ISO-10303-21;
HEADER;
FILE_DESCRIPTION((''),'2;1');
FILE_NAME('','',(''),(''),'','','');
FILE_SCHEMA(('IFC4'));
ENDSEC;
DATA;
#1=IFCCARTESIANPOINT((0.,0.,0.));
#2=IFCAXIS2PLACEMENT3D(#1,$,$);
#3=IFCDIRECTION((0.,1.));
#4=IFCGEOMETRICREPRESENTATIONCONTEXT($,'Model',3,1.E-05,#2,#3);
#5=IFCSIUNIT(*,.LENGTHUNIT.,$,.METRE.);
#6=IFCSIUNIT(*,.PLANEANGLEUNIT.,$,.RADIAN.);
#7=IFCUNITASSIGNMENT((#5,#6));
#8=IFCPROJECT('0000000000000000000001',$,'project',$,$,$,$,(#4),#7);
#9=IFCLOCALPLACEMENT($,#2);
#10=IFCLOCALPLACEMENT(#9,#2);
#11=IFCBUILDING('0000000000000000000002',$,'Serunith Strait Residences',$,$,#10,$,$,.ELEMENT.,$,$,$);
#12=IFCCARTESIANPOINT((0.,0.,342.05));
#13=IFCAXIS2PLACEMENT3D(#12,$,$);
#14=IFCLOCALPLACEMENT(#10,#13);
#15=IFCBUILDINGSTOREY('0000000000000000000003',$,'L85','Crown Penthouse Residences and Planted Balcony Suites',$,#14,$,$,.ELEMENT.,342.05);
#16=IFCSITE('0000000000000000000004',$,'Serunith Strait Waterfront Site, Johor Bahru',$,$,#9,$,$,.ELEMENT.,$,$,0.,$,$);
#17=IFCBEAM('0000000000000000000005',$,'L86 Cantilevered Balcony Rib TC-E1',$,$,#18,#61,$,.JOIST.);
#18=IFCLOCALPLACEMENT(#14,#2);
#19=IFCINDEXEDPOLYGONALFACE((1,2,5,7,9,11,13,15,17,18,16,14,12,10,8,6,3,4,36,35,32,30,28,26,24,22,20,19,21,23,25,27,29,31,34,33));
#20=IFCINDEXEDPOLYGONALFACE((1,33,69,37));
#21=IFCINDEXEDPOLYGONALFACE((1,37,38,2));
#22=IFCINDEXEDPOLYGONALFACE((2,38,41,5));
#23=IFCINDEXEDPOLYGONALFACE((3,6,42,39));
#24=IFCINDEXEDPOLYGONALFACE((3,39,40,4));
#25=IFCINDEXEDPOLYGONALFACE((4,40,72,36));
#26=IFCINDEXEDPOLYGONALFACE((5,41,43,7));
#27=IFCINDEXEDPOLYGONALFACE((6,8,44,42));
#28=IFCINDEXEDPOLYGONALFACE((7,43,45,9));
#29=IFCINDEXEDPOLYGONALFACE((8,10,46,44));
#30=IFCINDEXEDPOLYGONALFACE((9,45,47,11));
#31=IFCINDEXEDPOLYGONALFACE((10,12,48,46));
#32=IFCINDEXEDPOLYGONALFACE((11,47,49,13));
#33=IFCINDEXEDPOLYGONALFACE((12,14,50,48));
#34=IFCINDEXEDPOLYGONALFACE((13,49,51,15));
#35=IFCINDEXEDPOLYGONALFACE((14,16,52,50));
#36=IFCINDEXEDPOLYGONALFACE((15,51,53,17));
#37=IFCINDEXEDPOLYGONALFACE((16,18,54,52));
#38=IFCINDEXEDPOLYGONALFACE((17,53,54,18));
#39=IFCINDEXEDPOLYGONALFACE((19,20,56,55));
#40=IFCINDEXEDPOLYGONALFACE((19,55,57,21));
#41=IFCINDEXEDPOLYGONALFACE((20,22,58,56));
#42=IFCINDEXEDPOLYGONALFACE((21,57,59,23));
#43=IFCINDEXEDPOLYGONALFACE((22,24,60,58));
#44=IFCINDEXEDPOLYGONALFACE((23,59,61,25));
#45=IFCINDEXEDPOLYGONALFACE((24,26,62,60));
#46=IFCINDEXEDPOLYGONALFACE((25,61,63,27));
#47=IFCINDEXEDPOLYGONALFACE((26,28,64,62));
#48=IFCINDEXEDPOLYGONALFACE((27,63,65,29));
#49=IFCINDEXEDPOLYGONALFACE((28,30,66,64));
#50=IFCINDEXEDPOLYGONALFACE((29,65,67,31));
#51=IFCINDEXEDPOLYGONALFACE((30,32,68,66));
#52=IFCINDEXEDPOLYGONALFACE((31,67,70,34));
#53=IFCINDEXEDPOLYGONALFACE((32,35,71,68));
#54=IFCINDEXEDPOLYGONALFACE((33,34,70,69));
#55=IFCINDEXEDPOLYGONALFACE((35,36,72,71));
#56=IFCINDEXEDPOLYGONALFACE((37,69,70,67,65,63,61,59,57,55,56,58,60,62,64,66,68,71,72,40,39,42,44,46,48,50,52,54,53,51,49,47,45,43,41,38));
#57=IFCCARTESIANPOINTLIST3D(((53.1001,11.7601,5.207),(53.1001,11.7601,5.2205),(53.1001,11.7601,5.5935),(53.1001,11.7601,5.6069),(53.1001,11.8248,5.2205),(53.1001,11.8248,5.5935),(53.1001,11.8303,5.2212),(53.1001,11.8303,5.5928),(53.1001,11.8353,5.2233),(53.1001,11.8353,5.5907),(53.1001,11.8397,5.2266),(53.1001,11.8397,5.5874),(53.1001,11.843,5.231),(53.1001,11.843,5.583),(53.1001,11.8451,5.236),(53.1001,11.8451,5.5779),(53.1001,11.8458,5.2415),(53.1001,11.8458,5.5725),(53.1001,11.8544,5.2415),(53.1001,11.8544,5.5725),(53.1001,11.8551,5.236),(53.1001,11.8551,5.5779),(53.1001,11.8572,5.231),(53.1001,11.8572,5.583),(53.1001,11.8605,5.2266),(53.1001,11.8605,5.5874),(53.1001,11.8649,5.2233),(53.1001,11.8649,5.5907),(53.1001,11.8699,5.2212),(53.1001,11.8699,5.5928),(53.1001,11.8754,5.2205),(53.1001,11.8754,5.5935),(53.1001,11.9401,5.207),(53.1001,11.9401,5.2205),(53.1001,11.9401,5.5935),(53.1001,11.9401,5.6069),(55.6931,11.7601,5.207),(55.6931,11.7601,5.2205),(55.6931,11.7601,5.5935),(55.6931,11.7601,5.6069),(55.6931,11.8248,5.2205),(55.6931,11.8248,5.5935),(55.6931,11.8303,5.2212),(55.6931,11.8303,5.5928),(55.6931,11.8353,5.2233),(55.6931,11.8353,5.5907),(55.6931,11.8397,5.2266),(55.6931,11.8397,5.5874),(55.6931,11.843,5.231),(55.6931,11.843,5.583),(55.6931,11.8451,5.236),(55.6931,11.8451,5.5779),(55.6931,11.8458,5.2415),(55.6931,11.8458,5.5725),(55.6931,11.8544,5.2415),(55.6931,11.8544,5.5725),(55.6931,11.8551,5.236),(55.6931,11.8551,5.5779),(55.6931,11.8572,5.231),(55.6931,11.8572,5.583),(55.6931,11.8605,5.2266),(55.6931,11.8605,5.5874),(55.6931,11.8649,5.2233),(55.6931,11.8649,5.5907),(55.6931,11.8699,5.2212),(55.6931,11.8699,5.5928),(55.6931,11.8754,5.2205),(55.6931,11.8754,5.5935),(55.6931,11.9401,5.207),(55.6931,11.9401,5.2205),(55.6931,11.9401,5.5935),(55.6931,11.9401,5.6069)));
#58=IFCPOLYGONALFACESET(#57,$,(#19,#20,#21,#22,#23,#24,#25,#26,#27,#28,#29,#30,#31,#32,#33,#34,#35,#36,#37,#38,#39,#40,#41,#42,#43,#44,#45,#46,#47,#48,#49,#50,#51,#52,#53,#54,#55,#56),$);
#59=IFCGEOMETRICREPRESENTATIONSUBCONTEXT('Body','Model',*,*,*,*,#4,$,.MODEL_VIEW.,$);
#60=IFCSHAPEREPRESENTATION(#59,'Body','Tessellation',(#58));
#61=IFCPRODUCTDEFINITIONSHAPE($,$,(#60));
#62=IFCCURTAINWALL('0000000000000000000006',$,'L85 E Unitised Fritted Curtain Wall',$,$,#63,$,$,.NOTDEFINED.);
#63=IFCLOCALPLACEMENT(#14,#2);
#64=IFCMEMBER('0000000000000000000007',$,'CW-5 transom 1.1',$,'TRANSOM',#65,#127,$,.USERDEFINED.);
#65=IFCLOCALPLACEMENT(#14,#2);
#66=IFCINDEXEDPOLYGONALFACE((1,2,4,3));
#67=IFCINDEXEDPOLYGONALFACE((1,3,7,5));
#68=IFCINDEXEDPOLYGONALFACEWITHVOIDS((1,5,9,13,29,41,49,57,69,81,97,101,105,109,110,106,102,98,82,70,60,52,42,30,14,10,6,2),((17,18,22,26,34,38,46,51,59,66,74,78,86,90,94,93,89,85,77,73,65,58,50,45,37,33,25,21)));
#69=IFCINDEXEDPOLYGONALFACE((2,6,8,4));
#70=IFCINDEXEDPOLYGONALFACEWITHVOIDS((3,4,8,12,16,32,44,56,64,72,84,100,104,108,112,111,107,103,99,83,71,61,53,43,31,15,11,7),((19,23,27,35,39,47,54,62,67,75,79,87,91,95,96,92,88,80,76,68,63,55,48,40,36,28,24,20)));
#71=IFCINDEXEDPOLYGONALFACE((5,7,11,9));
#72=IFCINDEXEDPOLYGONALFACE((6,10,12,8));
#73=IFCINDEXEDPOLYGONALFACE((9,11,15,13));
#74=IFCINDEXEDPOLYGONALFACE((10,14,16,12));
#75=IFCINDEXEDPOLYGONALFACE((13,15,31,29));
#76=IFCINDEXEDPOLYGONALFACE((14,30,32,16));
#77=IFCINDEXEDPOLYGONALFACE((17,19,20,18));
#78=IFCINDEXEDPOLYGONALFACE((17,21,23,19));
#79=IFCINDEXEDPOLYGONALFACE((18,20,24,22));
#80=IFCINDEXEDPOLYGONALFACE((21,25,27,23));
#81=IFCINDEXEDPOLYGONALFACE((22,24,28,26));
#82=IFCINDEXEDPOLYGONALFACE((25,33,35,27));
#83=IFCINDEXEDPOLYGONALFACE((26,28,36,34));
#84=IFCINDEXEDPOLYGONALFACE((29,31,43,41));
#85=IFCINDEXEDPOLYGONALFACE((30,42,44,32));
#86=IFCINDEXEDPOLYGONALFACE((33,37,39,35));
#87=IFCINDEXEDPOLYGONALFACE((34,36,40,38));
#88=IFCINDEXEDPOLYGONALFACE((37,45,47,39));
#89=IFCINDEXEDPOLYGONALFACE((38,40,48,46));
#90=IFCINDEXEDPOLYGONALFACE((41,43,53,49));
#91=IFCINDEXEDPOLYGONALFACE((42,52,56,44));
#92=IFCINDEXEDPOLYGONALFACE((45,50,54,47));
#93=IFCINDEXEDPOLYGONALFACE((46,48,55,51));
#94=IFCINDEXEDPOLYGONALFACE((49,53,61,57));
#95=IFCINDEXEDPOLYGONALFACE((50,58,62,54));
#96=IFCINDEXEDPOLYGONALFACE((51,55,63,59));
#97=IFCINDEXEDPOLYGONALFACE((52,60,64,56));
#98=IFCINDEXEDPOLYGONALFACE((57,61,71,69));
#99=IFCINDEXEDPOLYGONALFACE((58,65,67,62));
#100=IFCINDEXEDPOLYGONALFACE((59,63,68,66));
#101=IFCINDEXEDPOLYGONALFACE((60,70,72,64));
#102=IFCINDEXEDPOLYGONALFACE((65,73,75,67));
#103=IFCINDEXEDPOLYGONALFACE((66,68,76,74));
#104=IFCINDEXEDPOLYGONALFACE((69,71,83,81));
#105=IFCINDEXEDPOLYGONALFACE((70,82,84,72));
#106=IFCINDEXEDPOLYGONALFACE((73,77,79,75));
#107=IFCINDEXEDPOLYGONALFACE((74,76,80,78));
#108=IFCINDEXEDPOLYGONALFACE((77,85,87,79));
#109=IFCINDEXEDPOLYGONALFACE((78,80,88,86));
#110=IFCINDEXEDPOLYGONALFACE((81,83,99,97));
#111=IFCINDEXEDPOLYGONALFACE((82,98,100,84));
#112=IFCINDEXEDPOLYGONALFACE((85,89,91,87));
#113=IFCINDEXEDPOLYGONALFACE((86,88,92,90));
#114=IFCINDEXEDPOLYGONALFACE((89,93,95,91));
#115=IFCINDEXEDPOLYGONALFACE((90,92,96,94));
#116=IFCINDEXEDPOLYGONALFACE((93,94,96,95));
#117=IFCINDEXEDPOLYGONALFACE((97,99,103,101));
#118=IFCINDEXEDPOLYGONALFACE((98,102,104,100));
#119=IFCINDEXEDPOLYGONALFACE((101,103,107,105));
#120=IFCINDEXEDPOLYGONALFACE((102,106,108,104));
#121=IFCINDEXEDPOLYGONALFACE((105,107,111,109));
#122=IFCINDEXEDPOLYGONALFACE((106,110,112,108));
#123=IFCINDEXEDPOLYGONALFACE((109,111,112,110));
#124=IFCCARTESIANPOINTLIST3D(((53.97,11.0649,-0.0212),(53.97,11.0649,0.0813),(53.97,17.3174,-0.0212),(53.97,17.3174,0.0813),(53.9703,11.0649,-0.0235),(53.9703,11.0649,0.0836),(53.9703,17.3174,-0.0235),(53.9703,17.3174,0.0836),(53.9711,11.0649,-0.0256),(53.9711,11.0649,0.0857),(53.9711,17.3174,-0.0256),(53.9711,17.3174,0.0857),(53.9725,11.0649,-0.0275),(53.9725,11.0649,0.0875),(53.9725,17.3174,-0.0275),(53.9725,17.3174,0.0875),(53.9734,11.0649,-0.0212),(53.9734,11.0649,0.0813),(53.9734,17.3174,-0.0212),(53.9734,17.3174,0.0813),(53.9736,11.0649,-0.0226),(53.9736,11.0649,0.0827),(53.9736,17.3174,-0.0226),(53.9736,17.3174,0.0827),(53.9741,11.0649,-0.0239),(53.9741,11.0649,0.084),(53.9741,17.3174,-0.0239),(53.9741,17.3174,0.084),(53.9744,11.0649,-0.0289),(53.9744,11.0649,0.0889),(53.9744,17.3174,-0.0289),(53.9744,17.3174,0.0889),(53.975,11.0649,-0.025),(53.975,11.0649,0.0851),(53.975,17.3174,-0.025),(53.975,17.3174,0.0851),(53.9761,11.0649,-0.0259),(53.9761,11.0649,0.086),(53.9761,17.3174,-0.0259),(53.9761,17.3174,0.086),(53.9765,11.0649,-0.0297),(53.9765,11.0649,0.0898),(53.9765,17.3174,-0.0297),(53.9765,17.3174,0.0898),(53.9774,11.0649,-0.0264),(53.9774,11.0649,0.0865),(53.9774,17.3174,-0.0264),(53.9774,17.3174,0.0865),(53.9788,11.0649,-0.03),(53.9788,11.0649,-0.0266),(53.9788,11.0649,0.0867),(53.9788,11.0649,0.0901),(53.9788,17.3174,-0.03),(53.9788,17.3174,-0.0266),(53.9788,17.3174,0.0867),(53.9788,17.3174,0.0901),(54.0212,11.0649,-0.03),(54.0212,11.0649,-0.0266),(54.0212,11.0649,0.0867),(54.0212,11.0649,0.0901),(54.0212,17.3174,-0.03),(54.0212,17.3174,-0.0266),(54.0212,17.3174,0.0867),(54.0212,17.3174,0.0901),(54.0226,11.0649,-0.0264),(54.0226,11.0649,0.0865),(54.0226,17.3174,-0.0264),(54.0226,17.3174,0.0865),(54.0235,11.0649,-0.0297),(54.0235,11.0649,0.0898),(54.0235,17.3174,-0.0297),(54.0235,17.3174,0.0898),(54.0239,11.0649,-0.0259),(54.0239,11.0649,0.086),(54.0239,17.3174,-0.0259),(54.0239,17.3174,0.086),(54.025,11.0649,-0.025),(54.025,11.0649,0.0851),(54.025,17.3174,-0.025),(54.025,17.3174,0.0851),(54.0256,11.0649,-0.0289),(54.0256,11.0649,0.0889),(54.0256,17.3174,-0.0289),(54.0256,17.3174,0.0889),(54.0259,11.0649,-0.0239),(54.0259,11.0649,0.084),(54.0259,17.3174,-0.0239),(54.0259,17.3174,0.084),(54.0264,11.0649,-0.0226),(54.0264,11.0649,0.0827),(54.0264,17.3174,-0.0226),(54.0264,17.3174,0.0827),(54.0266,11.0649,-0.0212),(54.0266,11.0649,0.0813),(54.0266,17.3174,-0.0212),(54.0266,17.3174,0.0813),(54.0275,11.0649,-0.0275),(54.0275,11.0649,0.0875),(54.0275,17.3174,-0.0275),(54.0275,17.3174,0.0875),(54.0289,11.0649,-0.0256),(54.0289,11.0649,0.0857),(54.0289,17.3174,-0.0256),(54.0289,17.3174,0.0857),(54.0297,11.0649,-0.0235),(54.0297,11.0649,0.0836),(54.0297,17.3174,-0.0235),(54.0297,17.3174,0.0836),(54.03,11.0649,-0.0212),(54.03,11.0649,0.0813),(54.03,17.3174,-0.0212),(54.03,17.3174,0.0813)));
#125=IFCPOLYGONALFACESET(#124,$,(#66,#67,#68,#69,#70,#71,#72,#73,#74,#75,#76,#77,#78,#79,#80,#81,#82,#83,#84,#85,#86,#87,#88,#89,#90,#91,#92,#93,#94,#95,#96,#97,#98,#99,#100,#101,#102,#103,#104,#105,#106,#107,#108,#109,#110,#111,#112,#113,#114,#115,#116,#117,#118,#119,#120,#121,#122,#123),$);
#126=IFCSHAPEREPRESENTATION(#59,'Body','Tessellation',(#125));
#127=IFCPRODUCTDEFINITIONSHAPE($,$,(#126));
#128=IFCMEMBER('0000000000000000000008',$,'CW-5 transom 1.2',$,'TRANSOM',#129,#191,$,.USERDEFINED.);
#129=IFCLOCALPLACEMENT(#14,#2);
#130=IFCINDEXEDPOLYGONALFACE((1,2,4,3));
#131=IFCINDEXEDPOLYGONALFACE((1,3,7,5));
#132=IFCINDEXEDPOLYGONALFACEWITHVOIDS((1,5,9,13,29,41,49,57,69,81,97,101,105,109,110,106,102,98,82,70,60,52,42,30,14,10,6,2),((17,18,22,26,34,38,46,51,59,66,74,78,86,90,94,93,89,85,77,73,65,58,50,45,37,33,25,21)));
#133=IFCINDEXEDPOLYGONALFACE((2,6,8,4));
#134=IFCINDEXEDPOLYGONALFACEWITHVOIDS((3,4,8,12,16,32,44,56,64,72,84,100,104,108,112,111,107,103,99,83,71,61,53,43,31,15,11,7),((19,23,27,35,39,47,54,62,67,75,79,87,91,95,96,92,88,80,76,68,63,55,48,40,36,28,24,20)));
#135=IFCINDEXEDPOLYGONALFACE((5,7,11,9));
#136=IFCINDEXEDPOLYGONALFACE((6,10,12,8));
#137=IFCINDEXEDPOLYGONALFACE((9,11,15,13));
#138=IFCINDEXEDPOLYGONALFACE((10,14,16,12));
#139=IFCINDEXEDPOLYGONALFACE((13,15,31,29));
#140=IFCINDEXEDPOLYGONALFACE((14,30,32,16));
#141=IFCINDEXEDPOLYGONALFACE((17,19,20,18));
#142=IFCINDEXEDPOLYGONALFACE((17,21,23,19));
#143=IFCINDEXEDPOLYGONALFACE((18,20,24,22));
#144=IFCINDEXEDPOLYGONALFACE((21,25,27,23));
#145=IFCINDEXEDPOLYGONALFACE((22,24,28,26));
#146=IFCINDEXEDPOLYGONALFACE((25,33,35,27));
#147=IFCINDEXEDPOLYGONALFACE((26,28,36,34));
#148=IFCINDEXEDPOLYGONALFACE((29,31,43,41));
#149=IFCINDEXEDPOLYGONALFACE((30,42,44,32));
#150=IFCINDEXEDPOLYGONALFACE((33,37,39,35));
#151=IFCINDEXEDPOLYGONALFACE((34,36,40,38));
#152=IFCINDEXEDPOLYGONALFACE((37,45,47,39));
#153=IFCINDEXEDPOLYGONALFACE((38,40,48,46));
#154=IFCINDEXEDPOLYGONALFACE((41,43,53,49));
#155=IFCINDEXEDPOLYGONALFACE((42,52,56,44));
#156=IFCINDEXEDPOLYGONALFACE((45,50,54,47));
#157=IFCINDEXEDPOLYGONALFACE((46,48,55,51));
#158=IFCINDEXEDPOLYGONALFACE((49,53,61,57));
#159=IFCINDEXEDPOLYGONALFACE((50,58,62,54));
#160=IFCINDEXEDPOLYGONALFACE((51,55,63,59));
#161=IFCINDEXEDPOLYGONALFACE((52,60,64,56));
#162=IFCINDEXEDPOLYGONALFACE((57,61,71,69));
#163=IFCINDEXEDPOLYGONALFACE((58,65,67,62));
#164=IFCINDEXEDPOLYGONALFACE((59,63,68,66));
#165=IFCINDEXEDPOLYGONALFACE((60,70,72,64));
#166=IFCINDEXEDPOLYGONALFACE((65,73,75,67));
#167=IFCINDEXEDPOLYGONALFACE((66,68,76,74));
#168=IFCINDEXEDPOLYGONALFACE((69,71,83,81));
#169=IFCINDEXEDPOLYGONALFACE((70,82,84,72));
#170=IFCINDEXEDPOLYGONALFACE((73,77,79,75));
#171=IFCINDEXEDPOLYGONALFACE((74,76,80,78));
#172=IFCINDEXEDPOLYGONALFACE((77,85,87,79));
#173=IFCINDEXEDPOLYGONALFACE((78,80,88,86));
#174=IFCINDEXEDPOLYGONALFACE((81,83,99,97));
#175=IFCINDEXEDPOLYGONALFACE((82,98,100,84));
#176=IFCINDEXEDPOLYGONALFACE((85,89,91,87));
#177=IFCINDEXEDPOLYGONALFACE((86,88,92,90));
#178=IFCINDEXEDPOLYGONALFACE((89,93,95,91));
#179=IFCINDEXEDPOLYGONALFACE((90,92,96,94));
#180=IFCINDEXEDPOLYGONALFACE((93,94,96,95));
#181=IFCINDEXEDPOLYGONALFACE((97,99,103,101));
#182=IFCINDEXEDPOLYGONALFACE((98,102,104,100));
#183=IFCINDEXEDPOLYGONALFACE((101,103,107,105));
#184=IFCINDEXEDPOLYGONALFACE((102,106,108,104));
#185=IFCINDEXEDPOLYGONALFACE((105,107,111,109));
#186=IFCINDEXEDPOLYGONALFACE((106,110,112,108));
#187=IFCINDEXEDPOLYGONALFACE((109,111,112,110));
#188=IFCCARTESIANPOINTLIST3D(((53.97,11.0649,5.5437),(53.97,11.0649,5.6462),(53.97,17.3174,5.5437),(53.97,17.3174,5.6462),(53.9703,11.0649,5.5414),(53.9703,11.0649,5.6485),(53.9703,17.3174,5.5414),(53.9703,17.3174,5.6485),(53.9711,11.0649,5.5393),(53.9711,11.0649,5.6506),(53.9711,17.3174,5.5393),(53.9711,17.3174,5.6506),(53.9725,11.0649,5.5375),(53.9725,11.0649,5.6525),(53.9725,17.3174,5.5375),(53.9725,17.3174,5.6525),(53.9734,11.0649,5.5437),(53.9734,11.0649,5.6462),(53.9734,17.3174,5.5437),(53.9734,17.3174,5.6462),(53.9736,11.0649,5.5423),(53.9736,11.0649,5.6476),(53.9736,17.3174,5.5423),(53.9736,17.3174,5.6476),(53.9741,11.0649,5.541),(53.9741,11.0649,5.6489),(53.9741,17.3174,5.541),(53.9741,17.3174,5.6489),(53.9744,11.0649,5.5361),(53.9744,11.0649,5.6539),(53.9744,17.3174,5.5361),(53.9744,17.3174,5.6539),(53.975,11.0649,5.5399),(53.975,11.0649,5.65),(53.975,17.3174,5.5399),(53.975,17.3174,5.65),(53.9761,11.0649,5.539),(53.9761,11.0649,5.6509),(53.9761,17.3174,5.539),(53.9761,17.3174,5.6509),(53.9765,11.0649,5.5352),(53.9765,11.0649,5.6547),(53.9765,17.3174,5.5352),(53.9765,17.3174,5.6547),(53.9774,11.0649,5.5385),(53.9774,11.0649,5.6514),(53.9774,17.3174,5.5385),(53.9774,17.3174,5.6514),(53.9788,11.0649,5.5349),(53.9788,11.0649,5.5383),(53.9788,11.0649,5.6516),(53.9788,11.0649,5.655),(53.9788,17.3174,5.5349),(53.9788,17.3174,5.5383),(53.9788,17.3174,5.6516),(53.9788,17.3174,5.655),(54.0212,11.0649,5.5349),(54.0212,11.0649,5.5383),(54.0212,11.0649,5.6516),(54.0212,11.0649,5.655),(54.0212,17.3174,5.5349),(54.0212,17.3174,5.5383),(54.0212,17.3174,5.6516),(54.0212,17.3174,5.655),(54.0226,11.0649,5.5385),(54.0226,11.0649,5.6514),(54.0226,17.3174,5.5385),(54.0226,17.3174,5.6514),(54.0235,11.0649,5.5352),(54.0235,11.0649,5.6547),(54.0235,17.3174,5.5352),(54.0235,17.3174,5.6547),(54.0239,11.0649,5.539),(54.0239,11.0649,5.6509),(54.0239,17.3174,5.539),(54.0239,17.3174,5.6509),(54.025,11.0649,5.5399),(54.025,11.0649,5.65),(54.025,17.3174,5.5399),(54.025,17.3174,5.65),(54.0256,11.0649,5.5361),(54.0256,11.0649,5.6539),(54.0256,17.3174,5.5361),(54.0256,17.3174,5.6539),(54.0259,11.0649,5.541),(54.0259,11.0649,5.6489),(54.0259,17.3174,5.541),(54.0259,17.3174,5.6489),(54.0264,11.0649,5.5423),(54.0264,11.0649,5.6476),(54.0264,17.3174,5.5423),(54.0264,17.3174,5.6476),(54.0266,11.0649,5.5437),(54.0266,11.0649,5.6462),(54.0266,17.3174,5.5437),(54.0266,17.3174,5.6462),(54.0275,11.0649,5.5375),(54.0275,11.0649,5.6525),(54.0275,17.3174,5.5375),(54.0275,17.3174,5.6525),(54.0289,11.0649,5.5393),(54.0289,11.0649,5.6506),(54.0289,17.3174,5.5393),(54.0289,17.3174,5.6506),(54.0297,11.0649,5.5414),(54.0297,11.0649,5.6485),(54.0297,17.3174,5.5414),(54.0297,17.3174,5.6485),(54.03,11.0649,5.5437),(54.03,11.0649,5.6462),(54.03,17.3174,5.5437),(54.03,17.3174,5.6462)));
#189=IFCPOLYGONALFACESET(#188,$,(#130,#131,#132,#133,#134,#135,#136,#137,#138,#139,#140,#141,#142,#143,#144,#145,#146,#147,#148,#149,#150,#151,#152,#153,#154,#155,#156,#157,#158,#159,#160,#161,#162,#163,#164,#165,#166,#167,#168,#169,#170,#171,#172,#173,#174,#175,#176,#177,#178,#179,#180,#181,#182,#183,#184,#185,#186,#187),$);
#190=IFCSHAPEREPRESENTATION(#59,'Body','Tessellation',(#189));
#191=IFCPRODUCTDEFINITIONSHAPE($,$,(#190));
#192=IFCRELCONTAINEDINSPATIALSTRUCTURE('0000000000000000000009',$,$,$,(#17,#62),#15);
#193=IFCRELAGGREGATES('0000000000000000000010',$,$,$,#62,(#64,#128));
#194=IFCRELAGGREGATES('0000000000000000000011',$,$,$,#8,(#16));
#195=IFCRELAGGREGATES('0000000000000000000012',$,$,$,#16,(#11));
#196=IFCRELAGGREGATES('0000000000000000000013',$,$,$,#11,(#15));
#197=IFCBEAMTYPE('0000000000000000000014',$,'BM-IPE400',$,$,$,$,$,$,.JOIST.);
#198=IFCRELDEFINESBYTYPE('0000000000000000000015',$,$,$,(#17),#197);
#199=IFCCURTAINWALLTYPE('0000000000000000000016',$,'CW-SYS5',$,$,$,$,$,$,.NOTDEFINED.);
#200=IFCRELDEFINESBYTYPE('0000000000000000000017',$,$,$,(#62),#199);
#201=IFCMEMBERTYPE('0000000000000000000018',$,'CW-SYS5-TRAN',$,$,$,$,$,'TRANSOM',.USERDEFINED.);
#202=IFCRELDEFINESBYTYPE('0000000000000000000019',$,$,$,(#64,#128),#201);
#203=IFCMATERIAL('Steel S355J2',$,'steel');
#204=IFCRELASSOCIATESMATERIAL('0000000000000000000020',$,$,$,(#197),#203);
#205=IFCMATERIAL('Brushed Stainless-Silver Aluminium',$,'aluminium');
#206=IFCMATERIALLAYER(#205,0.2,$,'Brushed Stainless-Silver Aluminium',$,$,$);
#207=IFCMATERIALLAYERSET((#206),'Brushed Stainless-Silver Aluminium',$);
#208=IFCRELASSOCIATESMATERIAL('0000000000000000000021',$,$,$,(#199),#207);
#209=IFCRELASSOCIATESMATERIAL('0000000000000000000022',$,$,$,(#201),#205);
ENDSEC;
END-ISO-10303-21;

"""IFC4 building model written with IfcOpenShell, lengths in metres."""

from ifc_helpers import new_model, si_unit, direction, frame, origin, origin_2d, place, context, subcontext, project, spatial, hollow_rectangle, i_section, extrude, source, transform, mapped, material, layer, layer_set, material_profile, profile_set, type_object, element, aggregate, save


model = new_model("IFC4")

# Units and contexts
model_context = context("Model", 3, precision=1e-05, world=origin(), true_north=direction((0.0, 1.0)))
body_context = subcontext(model_context, "Body", "Model", "MODEL_VIEW")
ifc_project = project(units=[si_unit("LENGTHUNIT", "METRE"), si_unit("PLANEANGLEUNIT", "RADIAN")], contexts=[model_context])

# Site, building, storey
site_placement = place(None, origin())
site = spatial("IfcSite", under=ifc_project, at=site_placement, Name="Serunith Strait Waterfront Site, Johor Bahru", CompositionType="ELEMENT", RefElevation=0.0)
building_placement = place(site_placement, origin())
building = spatial("IfcBuilding", under=site, at=building_placement, Name="Serunith Strait Residences", CompositionType="ELEMENT")
storey_placement = place(building_placement, frame((0.0, 0.0, 342.05)))
storey = spatial("IfcBuildingStorey", under=building, at=storey_placement, Name="L85", Description="Crown Penthouse Residences and Planted Balcony Suites", CompositionType="ELEMENT", Elevation=342.05)

# Beam
ifc_material_1 = material(Name="Steel S355J2", Category="steel")
ifc_material_profile_1 = material_profile(ifc_material_1, i_section(OverallWidth=0.1799, OverallDepth=0.3999, WebThickness=0.0085, FlangeThickness=0.0134, FilletRadius=0.021, at=origin_2d()), Name="IPE 400")
ifc_profile_set_1 = profile_set([ifc_material_profile_1], Name="Steel S355J2")
beam_type_1 = type_object("IfcBeamType", Name="BM-IPE400", PredefinedType="JOIST", material=ifc_profile_set_1)
shared_shape_1 = source(origin(), body_context, "Body", "SweptSolid", [
    extrude(i_section(OverallWidth=0.1799, OverallDepth=0.3999, WebThickness=0.0085, FlangeThickness=0.0134, FilletRadius=0.021, at=origin_2d()), origin(), (0.0, 0.0, 1.0), 2.593),
])
beam_1_placement = place(storey_placement, frame((53.1001, 11.8501, 5.407), z_axis=(1.0, 0.0, 0.0), x_axis=(0.0, 1.0, 0.0)))
element("IfcBeam", 1, at=beam_1_placement, inside=storey, type_object=beam_type_1, Name="L86 Cantilevered Balcony Rib TC-E1", PredefinedType="JOIST", context=body_context, shape_type="MappedRepresentation", body=[
    mapped(shared_shape_1, transform((0.0, 0.0, 0.0), scale=1.0)),
])

# Curtain wall, members
ifc_material_2 = material(Name="Brushed Stainless-Silver Aluminium", Category="aluminium")
ifc_layer_1 = layer(ifc_material_2, 0.2, Name="Brushed Stainless-Silver Aluminium")
ifc_layer_set_1 = layer_set([ifc_layer_1], Name="Brushed Stainless-Silver Aluminium")
curtain_wall_type = type_object("IfcCurtainWallType", Name="CW-SYS5", PredefinedType="NOTDEFINED", material=ifc_layer_set_1)
curtain_wall_1_placement = place(storey_placement, origin())
curtain_wall_1 = element("IfcCurtainWall", 2, at=curtain_wall_1_placement, inside=storey, type_object=curtain_wall_type, Name="L85 E Unitised Fritted Curtain Wall", PredefinedType="NOTDEFINED")
ifc_material_profile_2 = material_profile(ifc_material_2, hollow_rectangle(XDim=0.0601, YDim=0.1201, WallThickness=0.0034, InnerFilletRadius=0.0054, OuterFilletRadius=0.0088, at=origin_2d()), Name="ALU 120x60x3.5")
ifc_profile_set_2 = profile_set([ifc_material_profile_2], Name="Brushed Stainless-Silver Aluminium")
member_type_1 = type_object("IfcMemberType", Name="CW-SYS5-TRAN", ElementType="TRANSOM", PredefinedType="USERDEFINED", material=ifc_profile_set_2)
shared_shape_2 = source(origin(), body_context, "Body", "SweptSolid", [
    extrude(hollow_rectangle(XDim=0.0601, YDim=0.1201, WallThickness=0.0034, InnerFilletRadius=0.0054, OuterFilletRadius=0.0088, at=origin_2d()), origin(), (0.0, 0.0, 1.0), 6.2524),
])
member_1_placement = place(storey_placement, frame((54.0, 11.0649, 0.03), z_axis=(0.0, 1.0, 0.0), x_axis=(-1.0, 0.0, 0.0)))
member_1 = element("IfcMember", 3, at=member_1_placement, type_object=member_type_1, Name="CW-5 transom 1.1", ObjectType="TRANSOM", PredefinedType="USERDEFINED", context=body_context, shape_type="MappedRepresentation", body=[
    mapped(shared_shape_2, transform((0.0, 0.0, 0.0), scale=1.0)),
])
member_2_placement = place(storey_placement, frame((54.0, 11.0649, 5.595), z_axis=(0.0, 1.0, 0.0), x_axis=(-1.0, 0.0, 0.0)))
member_2 = element("IfcMember", 4, at=member_2_placement, type_object=member_type_1, Name="CW-5 transom 1.2", ObjectType="TRANSOM", PredefinedType="USERDEFINED", context=body_context, shape_type="MappedRepresentation", body=[
    mapped(shared_shape_2, transform((0.0, 0.0, 0.0), scale=1.0)),
])

aggregate(curtain_wall_1, [member_1, member_2])

save(model, "model.ifc")
